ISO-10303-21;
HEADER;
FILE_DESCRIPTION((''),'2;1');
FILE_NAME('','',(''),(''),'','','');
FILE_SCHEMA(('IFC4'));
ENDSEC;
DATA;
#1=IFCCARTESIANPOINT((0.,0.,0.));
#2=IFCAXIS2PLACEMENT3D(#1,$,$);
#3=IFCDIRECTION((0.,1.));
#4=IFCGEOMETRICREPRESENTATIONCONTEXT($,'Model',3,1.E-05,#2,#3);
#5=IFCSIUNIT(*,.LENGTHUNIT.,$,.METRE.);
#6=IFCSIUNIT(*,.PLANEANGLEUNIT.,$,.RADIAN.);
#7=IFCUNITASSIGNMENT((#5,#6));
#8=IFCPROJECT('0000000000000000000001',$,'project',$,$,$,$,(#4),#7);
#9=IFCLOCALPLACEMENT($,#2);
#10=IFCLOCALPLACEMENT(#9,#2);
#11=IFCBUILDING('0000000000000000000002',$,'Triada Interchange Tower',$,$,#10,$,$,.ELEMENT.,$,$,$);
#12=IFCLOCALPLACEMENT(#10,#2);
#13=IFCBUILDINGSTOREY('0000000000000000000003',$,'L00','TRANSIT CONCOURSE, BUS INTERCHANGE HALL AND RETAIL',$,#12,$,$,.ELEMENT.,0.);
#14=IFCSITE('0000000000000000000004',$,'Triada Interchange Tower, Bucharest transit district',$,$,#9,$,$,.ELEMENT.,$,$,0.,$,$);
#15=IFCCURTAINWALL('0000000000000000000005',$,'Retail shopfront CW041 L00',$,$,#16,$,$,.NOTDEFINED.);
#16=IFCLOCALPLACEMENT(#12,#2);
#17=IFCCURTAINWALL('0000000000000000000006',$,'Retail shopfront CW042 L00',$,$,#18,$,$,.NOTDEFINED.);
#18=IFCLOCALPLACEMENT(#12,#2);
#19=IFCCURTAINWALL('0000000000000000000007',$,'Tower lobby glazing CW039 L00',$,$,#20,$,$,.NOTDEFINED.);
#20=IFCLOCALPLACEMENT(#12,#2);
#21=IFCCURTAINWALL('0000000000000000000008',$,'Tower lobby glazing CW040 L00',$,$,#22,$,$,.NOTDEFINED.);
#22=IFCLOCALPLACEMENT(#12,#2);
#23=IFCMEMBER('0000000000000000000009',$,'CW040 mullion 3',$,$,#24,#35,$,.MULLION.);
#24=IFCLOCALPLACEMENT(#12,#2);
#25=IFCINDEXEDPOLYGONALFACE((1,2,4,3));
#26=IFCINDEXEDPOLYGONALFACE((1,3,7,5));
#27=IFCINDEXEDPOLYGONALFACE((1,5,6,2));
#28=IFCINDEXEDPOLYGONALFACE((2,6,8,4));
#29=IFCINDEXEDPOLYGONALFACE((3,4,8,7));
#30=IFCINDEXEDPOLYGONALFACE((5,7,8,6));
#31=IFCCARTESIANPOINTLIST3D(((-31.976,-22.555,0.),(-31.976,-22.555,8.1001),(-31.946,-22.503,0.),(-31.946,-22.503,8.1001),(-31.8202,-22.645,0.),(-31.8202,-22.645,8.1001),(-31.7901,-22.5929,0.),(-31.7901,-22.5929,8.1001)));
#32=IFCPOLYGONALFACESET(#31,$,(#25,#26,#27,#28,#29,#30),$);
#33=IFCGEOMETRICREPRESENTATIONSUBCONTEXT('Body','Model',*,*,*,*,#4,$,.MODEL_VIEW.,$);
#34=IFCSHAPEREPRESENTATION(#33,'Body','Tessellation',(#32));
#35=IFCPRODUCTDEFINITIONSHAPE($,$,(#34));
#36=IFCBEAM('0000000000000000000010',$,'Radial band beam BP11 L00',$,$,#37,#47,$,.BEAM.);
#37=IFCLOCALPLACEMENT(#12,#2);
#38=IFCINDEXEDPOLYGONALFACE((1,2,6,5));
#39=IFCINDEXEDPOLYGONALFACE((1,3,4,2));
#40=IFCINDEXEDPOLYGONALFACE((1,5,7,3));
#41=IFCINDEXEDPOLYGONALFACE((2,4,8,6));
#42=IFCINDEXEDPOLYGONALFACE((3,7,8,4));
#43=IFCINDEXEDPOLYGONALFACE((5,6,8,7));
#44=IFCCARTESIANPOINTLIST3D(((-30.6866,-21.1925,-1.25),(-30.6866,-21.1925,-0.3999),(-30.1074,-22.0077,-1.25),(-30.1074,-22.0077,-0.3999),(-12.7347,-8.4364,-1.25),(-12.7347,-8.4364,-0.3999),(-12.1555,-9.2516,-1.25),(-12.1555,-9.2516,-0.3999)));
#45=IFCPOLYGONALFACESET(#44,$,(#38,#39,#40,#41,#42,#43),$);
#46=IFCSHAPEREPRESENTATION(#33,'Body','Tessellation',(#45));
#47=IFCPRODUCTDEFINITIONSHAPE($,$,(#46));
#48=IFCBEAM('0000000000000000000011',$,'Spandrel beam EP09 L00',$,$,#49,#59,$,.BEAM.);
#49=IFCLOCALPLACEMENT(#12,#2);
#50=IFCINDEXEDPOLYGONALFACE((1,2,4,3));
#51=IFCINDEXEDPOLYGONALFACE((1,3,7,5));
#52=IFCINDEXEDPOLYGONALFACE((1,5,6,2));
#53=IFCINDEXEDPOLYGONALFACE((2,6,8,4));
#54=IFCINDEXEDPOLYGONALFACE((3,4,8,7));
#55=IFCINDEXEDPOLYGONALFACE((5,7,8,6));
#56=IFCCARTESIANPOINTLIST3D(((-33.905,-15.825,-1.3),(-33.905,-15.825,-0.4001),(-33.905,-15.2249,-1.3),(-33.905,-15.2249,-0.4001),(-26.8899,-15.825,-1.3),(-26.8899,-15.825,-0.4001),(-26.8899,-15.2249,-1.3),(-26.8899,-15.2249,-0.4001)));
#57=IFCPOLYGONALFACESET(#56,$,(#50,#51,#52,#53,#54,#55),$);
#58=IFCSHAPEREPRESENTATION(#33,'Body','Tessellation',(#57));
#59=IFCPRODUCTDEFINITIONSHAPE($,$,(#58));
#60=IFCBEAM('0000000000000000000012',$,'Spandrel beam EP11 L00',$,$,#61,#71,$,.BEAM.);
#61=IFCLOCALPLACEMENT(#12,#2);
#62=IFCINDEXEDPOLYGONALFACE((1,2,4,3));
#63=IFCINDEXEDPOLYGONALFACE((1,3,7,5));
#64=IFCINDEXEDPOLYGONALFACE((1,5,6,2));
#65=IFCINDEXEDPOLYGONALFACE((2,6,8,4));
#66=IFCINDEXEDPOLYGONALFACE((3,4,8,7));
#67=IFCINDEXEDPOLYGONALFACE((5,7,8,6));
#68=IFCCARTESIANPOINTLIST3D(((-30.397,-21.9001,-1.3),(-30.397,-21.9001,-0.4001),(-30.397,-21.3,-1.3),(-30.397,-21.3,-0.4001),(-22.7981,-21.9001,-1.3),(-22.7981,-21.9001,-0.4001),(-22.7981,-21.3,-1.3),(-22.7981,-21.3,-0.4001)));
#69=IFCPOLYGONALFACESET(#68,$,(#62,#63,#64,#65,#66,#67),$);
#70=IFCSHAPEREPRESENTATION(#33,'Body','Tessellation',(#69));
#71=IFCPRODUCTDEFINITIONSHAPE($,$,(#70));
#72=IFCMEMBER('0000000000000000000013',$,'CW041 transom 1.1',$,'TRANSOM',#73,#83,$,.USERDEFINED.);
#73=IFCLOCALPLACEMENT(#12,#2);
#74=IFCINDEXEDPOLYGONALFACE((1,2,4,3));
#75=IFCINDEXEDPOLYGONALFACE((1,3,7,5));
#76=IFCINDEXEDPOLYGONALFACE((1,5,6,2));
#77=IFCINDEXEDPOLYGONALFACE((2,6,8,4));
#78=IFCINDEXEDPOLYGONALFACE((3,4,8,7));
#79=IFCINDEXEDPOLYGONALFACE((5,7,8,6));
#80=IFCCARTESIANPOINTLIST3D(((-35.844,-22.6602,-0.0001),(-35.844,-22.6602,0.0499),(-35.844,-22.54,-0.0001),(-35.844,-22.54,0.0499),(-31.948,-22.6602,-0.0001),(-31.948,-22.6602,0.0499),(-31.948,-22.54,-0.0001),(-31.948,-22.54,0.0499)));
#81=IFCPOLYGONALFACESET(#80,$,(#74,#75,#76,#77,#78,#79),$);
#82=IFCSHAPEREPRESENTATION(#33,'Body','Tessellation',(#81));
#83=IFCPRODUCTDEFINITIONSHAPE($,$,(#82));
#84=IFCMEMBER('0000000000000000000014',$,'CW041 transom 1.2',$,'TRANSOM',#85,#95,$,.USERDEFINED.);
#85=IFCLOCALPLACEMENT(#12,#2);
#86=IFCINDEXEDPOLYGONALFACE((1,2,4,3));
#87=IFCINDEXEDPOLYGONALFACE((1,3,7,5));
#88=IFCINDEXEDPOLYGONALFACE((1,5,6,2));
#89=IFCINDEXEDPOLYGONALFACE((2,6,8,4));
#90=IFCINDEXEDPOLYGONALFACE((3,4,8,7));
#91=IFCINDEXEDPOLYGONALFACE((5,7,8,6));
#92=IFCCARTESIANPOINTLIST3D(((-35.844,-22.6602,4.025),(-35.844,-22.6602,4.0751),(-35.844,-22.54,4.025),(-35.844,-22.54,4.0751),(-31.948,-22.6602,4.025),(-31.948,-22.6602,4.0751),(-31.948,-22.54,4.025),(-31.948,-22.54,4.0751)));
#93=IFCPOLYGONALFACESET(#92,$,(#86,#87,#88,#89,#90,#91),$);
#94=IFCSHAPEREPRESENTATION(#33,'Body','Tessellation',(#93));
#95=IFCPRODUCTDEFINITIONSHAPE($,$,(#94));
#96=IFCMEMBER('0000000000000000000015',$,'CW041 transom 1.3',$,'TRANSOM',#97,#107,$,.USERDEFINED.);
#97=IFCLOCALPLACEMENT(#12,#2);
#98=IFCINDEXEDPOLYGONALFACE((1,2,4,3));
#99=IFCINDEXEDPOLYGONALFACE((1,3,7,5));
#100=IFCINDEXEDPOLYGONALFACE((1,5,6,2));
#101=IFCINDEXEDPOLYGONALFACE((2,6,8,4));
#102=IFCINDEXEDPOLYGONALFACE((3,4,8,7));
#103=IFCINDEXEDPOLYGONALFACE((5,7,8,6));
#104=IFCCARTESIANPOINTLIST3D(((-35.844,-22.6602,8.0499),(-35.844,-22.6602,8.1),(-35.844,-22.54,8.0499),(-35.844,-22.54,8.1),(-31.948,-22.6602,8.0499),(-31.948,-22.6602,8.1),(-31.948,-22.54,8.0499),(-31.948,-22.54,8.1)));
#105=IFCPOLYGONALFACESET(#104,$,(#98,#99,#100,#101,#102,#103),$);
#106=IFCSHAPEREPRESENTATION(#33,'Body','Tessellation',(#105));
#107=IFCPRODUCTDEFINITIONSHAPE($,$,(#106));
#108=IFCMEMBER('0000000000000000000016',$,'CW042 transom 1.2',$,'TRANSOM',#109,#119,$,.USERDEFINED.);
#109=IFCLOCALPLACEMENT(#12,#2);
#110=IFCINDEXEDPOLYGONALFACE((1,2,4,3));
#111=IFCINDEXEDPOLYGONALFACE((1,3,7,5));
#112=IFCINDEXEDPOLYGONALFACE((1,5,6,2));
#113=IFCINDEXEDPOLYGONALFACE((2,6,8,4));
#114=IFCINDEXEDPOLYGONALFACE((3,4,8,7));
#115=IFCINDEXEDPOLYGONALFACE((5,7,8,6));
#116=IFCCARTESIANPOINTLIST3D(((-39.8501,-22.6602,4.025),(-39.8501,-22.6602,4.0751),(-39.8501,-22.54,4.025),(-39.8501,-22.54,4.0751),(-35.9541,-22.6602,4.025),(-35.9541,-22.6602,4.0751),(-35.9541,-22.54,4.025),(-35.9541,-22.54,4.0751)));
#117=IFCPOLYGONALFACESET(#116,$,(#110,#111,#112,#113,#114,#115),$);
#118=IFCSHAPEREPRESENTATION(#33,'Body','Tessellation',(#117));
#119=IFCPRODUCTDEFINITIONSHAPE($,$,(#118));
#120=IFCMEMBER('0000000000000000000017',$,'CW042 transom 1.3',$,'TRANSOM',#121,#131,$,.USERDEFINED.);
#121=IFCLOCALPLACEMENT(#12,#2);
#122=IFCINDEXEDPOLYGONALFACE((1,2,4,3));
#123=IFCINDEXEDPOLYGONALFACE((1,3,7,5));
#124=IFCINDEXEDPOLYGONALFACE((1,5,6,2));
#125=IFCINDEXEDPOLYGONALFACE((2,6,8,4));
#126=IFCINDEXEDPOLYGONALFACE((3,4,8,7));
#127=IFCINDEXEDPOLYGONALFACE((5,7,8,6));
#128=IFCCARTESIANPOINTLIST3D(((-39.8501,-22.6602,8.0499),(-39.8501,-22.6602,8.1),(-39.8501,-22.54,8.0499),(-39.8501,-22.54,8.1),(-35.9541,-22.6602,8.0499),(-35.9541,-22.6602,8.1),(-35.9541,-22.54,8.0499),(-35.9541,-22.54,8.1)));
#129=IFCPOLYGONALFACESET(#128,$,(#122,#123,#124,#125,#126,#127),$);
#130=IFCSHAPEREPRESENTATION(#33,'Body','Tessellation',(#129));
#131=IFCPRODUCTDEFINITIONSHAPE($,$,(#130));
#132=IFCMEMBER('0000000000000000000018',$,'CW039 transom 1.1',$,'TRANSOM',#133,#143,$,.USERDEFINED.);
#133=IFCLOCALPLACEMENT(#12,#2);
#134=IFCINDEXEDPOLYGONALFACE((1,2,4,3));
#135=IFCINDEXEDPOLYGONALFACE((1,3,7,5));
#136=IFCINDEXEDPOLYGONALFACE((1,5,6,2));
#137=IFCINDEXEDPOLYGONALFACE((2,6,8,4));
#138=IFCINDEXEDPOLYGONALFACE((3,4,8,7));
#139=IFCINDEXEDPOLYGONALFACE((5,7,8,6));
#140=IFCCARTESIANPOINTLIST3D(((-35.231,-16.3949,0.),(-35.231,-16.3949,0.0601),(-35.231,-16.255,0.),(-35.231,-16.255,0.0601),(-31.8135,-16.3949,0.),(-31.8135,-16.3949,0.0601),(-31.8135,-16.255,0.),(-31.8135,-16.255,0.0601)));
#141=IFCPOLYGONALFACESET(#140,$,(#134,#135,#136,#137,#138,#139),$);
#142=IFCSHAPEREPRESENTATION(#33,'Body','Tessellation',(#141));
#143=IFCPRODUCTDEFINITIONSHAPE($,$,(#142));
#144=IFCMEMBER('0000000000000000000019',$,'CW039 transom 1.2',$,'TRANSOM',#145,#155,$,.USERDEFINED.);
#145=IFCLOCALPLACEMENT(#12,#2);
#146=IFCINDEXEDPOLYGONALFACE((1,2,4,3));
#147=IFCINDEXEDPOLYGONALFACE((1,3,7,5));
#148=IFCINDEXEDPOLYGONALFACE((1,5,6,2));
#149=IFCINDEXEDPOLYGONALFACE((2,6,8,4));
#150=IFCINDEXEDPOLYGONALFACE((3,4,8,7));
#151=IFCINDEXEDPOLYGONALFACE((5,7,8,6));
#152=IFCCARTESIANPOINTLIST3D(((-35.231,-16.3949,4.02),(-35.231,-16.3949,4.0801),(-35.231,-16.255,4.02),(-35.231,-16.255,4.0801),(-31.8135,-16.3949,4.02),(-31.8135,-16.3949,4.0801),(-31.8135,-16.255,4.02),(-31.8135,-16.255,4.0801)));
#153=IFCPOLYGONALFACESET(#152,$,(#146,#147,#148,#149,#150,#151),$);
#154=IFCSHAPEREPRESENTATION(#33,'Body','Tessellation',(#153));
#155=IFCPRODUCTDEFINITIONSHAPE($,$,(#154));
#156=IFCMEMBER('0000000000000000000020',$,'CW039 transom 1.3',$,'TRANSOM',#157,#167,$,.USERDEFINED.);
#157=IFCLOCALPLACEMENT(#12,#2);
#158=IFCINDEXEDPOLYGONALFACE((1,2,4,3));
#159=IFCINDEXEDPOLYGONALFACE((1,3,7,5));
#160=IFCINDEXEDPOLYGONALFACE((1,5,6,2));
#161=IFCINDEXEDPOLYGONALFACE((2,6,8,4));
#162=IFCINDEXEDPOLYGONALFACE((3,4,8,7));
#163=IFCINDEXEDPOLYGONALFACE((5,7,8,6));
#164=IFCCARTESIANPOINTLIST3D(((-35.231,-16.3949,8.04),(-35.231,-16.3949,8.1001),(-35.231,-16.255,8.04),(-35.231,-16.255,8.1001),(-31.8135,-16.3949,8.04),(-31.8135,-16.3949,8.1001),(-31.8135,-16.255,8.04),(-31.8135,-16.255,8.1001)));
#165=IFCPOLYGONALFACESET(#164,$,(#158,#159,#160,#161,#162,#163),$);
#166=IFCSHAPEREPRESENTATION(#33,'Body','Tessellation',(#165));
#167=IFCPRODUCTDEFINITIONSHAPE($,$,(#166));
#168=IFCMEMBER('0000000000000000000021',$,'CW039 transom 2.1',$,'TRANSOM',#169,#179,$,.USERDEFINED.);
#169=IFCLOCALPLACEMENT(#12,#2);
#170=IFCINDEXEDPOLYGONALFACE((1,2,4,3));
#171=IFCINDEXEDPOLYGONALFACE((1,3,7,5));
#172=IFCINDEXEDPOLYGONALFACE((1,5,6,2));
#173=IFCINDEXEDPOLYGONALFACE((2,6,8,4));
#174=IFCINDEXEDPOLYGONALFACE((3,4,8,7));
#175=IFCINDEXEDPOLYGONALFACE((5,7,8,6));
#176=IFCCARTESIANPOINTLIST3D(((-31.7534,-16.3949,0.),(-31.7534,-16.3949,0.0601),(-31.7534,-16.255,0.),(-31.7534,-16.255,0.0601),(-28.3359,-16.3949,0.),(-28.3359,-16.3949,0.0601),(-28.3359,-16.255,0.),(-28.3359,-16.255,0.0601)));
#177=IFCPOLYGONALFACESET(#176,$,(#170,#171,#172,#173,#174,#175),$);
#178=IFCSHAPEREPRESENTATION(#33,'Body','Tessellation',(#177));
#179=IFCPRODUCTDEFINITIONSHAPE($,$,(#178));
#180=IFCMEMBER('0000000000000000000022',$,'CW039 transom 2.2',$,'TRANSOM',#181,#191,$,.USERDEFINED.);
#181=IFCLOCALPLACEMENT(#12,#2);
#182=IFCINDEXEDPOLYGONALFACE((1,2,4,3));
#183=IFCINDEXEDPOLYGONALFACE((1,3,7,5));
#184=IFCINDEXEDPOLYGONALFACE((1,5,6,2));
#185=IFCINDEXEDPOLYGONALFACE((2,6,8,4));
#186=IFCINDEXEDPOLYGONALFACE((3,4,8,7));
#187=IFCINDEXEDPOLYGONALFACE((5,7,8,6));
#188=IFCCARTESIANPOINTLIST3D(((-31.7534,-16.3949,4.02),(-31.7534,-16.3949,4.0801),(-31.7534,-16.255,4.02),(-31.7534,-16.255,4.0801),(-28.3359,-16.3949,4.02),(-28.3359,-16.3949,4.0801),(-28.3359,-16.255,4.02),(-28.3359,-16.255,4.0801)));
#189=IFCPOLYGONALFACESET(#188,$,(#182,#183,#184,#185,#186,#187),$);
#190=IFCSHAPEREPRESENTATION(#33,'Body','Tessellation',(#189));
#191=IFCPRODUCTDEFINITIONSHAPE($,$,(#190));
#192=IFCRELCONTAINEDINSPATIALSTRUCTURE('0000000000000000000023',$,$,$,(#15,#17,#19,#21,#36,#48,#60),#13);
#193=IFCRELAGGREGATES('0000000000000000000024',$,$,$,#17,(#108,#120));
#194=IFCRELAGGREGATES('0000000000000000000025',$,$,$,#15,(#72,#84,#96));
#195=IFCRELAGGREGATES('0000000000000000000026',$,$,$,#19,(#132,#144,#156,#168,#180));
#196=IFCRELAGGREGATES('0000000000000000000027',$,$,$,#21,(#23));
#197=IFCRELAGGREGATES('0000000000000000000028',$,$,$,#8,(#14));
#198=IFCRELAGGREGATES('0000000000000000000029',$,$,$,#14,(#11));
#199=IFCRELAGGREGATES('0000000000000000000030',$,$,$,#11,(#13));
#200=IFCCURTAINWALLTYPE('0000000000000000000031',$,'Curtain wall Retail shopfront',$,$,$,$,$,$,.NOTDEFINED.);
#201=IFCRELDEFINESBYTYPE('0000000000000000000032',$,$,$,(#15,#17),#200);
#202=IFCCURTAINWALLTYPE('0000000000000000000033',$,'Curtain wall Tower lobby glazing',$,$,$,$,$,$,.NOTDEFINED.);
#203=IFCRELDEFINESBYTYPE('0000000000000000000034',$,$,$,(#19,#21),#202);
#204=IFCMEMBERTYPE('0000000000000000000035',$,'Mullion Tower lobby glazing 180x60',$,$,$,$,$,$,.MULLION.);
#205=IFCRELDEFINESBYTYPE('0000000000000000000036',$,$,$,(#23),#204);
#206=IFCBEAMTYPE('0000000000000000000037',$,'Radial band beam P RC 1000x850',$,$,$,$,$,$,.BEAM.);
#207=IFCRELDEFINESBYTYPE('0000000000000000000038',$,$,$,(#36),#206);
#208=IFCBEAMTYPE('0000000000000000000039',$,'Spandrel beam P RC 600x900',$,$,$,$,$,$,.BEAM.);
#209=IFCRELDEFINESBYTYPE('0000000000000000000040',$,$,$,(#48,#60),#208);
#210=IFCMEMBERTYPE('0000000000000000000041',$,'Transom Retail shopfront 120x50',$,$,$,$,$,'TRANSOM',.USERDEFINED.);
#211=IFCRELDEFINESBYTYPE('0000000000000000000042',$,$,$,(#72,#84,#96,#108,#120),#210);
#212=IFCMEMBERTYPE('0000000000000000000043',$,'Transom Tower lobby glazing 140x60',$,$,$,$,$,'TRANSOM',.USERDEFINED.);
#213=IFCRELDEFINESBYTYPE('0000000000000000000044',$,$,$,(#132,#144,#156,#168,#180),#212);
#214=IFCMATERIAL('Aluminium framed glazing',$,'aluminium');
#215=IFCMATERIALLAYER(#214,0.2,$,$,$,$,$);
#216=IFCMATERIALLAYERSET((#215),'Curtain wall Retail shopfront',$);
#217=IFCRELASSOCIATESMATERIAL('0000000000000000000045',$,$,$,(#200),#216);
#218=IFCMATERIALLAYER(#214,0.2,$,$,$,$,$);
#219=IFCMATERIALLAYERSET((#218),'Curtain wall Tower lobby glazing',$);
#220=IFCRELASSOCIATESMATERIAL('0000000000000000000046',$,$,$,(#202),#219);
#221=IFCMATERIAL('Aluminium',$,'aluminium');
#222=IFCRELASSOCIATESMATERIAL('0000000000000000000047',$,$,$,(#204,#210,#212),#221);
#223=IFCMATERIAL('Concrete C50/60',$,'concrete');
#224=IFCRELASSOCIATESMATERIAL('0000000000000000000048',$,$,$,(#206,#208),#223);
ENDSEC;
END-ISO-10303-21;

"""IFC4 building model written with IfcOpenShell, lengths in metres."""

from ifc_helpers import new_model, si_unit, direction, frame, origin, origin_2d, place, context, subcontext, project, spatial, rectangle, extrude, material, layer, layer_set, material_profile, profile_set, type_object, element, aggregate, save


model = new_model("IFC4")

# Units and contexts
model_context = context("Model", 3, precision=1e-05, world=origin(), true_north=direction((0.0, 1.0)))
body_context = subcontext(model_context, "Body", "Model", "MODEL_VIEW")
ifc_project = project(units=[si_unit("LENGTHUNIT", "METRE"), si_unit("PLANEANGLEUNIT", "RADIAN")], contexts=[model_context])

# Site, building, storey
site_placement = place(None, origin())
site = spatial("IfcSite", under=ifc_project, at=site_placement, Name="Triada Interchange Tower, Bucharest transit district", CompositionType="ELEMENT", RefElevation=0.0)
building_placement = place(site_placement, origin())
building = spatial("IfcBuilding", under=site, at=building_placement, Name="Triada Interchange Tower", CompositionType="ELEMENT")
storey_placement = place(building_placement, origin())
storey = spatial("IfcBuildingStorey", under=building, at=storey_placement, Name="L00", Description="TRANSIT CONCOURSE, BUS INTERCHANGE HALL AND RETAIL", CompositionType="ELEMENT", Elevation=0.0)

# Shared definitions
ifc_material_1 = material(Name="Aluminium framed glazing", Category="aluminium")
ifc_material_2 = material(Name="Aluminium", Category="aluminium")

# Curtain wall
ifc_layer_1 = layer(ifc_material_1, 0.2)
ifc_layer_set_1 = layer_set([ifc_layer_1], Name="Curtain wall Retail shopfront")
curtain_wall_type_1 = type_object("IfcCurtainWallType", Name="Curtain wall Retail shopfront", PredefinedType="NOTDEFINED", material=ifc_layer_set_1)
curtain_wall_1_placement = place(storey_placement, origin())
curtain_wall_1 = element("IfcCurtainWall", 1, at=curtain_wall_1_placement, inside=storey, type_object=curtain_wall_type_1, Name="Retail shopfront CW041 L00", PredefinedType="NOTDEFINED")

# Curtain wall
curtain_wall_2_placement = place(storey_placement, origin())
curtain_wall_2 = element("IfcCurtainWall", 2, at=curtain_wall_2_placement, inside=storey, type_object=curtain_wall_type_1, Name="Retail shopfront CW042 L00", PredefinedType="NOTDEFINED")

# Curtain walls, member
ifc_layer_2 = layer(ifc_material_1, 0.2)
ifc_layer_set_2 = layer_set([ifc_layer_2], Name="Curtain wall Tower lobby glazing")
curtain_wall_type_2 = type_object("IfcCurtainWallType", Name="Curtain wall Tower lobby glazing", PredefinedType="NOTDEFINED", material=ifc_layer_set_2)
curtain_wall_3_placement = place(storey_placement, origin())
curtain_wall_3 = element("IfcCurtainWall", 3, at=curtain_wall_3_placement, inside=storey, type_object=curtain_wall_type_2, Name="Tower lobby glazing CW039 L00", PredefinedType="NOTDEFINED")
ifc_material_profile_1 = material_profile(ifc_material_2, rectangle(XDim=0.1799, YDim=0.0601, at=origin_2d()), Name="Aluminium mullion")
ifc_profile_set_1 = profile_set([ifc_material_profile_1], Name="Aluminium")
member_type_1 = type_object("IfcMemberType", Name="Mullion Tower lobby glazing 180x60", PredefinedType="MULLION", material=ifc_profile_set_1)
curtain_wall_4_placement = place(storey_placement, origin())
curtain_wall_4 = element("IfcCurtainWall", 4, at=curtain_wall_4_placement, inside=storey, type_object=curtain_wall_type_2, Name="Tower lobby glazing CW040 L00", PredefinedType="NOTDEFINED")
member_1_placement = place(storey_placement, frame((-31.8831, -22.574, 0.0), z_axis=(0.0, 0.0, 1.0), x_axis=(0.866078, -0.49991, 0.0)))
member_1 = element("IfcMember", 5, at=member_1_placement, type_object=member_type_1, Name="CW040 mullion 3", PredefinedType="MULLION", context=body_context, shape_type="SweptSolid", body=[
    extrude(rectangle(XDim=0.1799, YDim=0.0601, at=origin_2d()), origin(), (0.0, 0.0, 1.0), 8.1001),
])

# Beams
ifc_material_3 = material(Name="Concrete C50/60", Category="concrete")
ifc_material_profile_2 = material_profile(ifc_material_3, rectangle(XDim=1.0, YDim=0.8501, at=origin_2d()), Name="RC 1000x850")
ifc_profile_set_2 = profile_set([ifc_material_profile_2], Name="Concrete C50/60")
beam_type_1 = type_object("IfcBeamType", Name="Radial band beam P RC 1000x850", PredefinedType="BEAM", material=ifc_profile_set_2)
beam_1_placement = place(storey_placement, frame((-30.397, -21.6001, -0.825), z_axis=(0.815163, 0.579231, 0.0), x_axis=(-0.579231, 0.815163, 0.0)))
element("IfcBeam", 6, at=beam_1_placement, inside=storey, type_object=beam_type_1, Name="Radial band beam BP11 L00", PredefinedType="BEAM", context=body_context, shape_type="SweptSolid", body=[
    extrude(rectangle(XDim=1.0, YDim=0.8501, at=origin_2d()), origin(), (0.0, 0.0, 1.0), 22.0225),
])
ifc_material_profile_3 = material_profile(ifc_material_3, rectangle(XDim=0.6001, YDim=0.8999, at=origin_2d()), Name="RC 600x900")
ifc_profile_set_3 = profile_set([ifc_material_profile_3], Name="Concrete C50/60")
beam_type_2 = type_object("IfcBeamType", Name="Spandrel beam P RC 600x900", PredefinedType="BEAM", material=ifc_profile_set_3)
beam_2_placement = place(storey_placement, frame((-33.905, -15.5249, -0.8501), z_axis=(1.0, 0.0, 0.0), x_axis=(0.0, 1.0, 0.0)))
element("IfcBeam", 7, at=beam_2_placement, inside=storey, type_object=beam_type_2, Name="Spandrel beam EP09 L00", PredefinedType="BEAM", context=body_context, shape_type="SweptSolid", body=[
    extrude(rectangle(XDim=0.6001, YDim=0.8999, at=origin_2d()), origin(), (0.0, 0.0, 1.0), 7.0151),
])
beam_3_placement = place(storey_placement, frame((-30.397, -21.6001, -0.8501), z_axis=(1.0, 0.0, 0.0), x_axis=(0.0, 1.0, 0.0)))
element("IfcBeam", 8, at=beam_3_placement, inside=storey, type_object=beam_type_2, Name="Spandrel beam EP11 L00", PredefinedType="BEAM", context=body_context, shape_type="SweptSolid", body=[
    extrude(rectangle(XDim=0.6001, YDim=0.8999, at=origin_2d()), origin(), (0.0, 0.0, 1.0), 7.5989),
])

# Members
ifc_material_profile_4 = material_profile(ifc_material_2, rectangle(XDim=0.1201, YDim=0.05, at=origin_2d()), Name="Aluminium transom")
ifc_profile_set_4 = profile_set([ifc_material_profile_4], Name="Aluminium")
member_type_2 = type_object("IfcMemberType", Name="Transom Retail shopfront 120x50", ElementType="TRANSOM", PredefinedType="USERDEFINED", material=ifc_profile_set_4)
member_2_placement = place(storey_placement, frame((-31.948, -22.6001, 0.0249), z_axis=(-1.0, 0.0, 0.0), x_axis=(0.0, -1.0, 0.0)))
member_2 = element("IfcMember", 9, at=member_2_placement, type_object=member_type_2, Name="CW041 transom 1.1", ObjectType="TRANSOM", PredefinedType="USERDEFINED", context=body_context, shape_type="SweptSolid", body=[
    extrude(rectangle(XDim=0.1201, YDim=0.05, at=origin_2d()), origin(), (0.0, 0.0, 1.0), 3.896),
])
member_3_placement = place(storey_placement, frame((-31.948, -22.6001, 4.05), z_axis=(-1.0, 0.0, 0.0), x_axis=(0.0, -1.0, 0.0)))
member_3 = element("IfcMember", 10, at=member_3_placement, type_object=member_type_2, Name="CW041 transom 1.2", ObjectType="TRANSOM", PredefinedType="USERDEFINED", context=body_context, shape_type="SweptSolid", body=[
    extrude(rectangle(XDim=0.1201, YDim=0.05, at=origin_2d()), origin(), (0.0, 0.0, 1.0), 3.896),
])
member_4_placement = place(storey_placement, frame((-31.948, -22.6001, 8.075), z_axis=(-1.0, 0.0, 0.0), x_axis=(0.0, -1.0, 0.0)))
member_4 = element("IfcMember", 11, at=member_4_placement, type_object=member_type_2, Name="CW041 transom 1.3", ObjectType="TRANSOM", PredefinedType="USERDEFINED", context=body_context, shape_type="SweptSolid", body=[
    extrude(rectangle(XDim=0.1201, YDim=0.05, at=origin_2d()), origin(), (0.0, 0.0, 1.0), 3.896),
])
member_5_placement = place(storey_placement, frame((-35.9541, -22.6001, 4.05), z_axis=(-1.0, 0.0, 0.0), x_axis=(0.0, -1.0, 0.0)))
member_5 = element("IfcMember", 12, at=member_5_placement, type_object=member_type_2, Name="CW042 transom 1.2", ObjectType="TRANSOM", PredefinedType="USERDEFINED", context=body_context, shape_type="SweptSolid", body=[
    extrude(rectangle(XDim=0.1201, YDim=0.05, at=origin_2d()), origin(), (0.0, 0.0, 1.0), 3.896),
])
member_6_placement = place(storey_placement, frame((-35.9541, -22.6001, 8.075), z_axis=(-1.0, 0.0, 0.0), x_axis=(0.0, -1.0, 0.0)))
member_6 = element("IfcMember", 13, at=member_6_placement, type_object=member_type_2, Name="CW042 transom 1.3", ObjectType="TRANSOM", PredefinedType="USERDEFINED", context=body_context, shape_type="SweptSolid", body=[
    extrude(rectangle(XDim=0.1201, YDim=0.05, at=origin_2d()), origin(), (0.0, 0.0, 1.0), 3.896),
])
aggregate(curtain_wall_2, [member_5, member_6])
ifc_material_profile_5 = material_profile(ifc_material_2, rectangle(XDim=0.1399, YDim=0.0601, at=origin_2d()), Name="Aluminium transom")
ifc_profile_set_5 = profile_set([ifc_material_profile_5], Name="Aluminium")
member_type_3 = type_object("IfcMemberType", Name="Transom Tower lobby glazing 140x60", ElementType="TRANSOM", PredefinedType="USERDEFINED", material=ifc_profile_set_5)
member_7_placement = place(storey_placement, frame((-35.231, -16.325, 0.03), z_axis=(1.0, 0.0, 0.0), x_axis=(0.0, 1.0, 0.0)))
member_7 = element("IfcMember", 14, at=member_7_placement, type_object=member_type_3, Name="CW039 transom 1.1", ObjectType="TRANSOM", PredefinedType="USERDEFINED", context=body_context, shape_type="SweptSolid", body=[
    extrude(rectangle(XDim=0.1399, YDim=0.0601, at=origin_2d()), origin(), (0.0, 0.0, 1.0), 3.4175),
])
member_8_placement = place(storey_placement, frame((-35.231, -16.325, 4.05), z_axis=(1.0, 0.0, 0.0), x_axis=(0.0, 1.0, 0.0)))
member_8 = element("IfcMember", 15, at=member_8_placement, type_object=member_type_3, Name="CW039 transom 1.2", ObjectType="TRANSOM", PredefinedType="USERDEFINED", context=body_context, shape_type="SweptSolid", body=[
    extrude(rectangle(XDim=0.1399, YDim=0.0601, at=origin_2d()), origin(), (0.0, 0.0, 1.0), 3.4175),
])
member_9_placement = place(storey_placement, frame((-35.231, -16.325, 8.0701), z_axis=(1.0, 0.0, 0.0), x_axis=(0.0, 1.0, 0.0)))
member_9 = element("IfcMember", 16, at=member_9_placement, type_object=member_type_3, Name="CW039 transom 1.3", ObjectType="TRANSOM", PredefinedType="USERDEFINED", context=body_context, shape_type="SweptSolid", body=[
    extrude(rectangle(XDim=0.1399, YDim=0.0601, at=origin_2d()), origin(), (0.0, 0.0, 1.0), 3.4175),
])
member_10_placement = place(storey_placement, frame((-31.7534, -16.325, 0.03), z_axis=(1.0, 0.0, 0.0), x_axis=(0.0, 1.0, 0.0)))
member_10 = element("IfcMember", 17, at=member_10_placement, type_object=member_type_3, Name="CW039 transom 2.1", ObjectType="TRANSOM", PredefinedType="USERDEFINED", context=body_context, shape_type="SweptSolid", body=[
    extrude(rectangle(XDim=0.1399, YDim=0.0601, at=origin_2d()), origin(), (0.0, 0.0, 1.0), 3.4175),
])
member_11_placement = place(storey_placement, frame((-31.7534, -16.325, 4.05), z_axis=(1.0, 0.0, 0.0), x_axis=(0.0, 1.0, 0.0)))
member_11 = element("IfcMember", 18, at=member_11_placement, type_object=member_type_3, Name="CW039 transom 2.2", ObjectType="TRANSOM", PredefinedType="USERDEFINED", context=body_context, shape_type="SweptSolid", body=[
    extrude(rectangle(XDim=0.1399, YDim=0.0601, at=origin_2d()), origin(), (0.0, 0.0, 1.0), 3.4175),
])

aggregate(curtain_wall_1, [member_2, member_3, member_4])
aggregate(curtain_wall_3, [member_7, member_8, member_9, member_10, member_11])
aggregate(curtain_wall_4, [member_1])

save(model, "model.ifc")
